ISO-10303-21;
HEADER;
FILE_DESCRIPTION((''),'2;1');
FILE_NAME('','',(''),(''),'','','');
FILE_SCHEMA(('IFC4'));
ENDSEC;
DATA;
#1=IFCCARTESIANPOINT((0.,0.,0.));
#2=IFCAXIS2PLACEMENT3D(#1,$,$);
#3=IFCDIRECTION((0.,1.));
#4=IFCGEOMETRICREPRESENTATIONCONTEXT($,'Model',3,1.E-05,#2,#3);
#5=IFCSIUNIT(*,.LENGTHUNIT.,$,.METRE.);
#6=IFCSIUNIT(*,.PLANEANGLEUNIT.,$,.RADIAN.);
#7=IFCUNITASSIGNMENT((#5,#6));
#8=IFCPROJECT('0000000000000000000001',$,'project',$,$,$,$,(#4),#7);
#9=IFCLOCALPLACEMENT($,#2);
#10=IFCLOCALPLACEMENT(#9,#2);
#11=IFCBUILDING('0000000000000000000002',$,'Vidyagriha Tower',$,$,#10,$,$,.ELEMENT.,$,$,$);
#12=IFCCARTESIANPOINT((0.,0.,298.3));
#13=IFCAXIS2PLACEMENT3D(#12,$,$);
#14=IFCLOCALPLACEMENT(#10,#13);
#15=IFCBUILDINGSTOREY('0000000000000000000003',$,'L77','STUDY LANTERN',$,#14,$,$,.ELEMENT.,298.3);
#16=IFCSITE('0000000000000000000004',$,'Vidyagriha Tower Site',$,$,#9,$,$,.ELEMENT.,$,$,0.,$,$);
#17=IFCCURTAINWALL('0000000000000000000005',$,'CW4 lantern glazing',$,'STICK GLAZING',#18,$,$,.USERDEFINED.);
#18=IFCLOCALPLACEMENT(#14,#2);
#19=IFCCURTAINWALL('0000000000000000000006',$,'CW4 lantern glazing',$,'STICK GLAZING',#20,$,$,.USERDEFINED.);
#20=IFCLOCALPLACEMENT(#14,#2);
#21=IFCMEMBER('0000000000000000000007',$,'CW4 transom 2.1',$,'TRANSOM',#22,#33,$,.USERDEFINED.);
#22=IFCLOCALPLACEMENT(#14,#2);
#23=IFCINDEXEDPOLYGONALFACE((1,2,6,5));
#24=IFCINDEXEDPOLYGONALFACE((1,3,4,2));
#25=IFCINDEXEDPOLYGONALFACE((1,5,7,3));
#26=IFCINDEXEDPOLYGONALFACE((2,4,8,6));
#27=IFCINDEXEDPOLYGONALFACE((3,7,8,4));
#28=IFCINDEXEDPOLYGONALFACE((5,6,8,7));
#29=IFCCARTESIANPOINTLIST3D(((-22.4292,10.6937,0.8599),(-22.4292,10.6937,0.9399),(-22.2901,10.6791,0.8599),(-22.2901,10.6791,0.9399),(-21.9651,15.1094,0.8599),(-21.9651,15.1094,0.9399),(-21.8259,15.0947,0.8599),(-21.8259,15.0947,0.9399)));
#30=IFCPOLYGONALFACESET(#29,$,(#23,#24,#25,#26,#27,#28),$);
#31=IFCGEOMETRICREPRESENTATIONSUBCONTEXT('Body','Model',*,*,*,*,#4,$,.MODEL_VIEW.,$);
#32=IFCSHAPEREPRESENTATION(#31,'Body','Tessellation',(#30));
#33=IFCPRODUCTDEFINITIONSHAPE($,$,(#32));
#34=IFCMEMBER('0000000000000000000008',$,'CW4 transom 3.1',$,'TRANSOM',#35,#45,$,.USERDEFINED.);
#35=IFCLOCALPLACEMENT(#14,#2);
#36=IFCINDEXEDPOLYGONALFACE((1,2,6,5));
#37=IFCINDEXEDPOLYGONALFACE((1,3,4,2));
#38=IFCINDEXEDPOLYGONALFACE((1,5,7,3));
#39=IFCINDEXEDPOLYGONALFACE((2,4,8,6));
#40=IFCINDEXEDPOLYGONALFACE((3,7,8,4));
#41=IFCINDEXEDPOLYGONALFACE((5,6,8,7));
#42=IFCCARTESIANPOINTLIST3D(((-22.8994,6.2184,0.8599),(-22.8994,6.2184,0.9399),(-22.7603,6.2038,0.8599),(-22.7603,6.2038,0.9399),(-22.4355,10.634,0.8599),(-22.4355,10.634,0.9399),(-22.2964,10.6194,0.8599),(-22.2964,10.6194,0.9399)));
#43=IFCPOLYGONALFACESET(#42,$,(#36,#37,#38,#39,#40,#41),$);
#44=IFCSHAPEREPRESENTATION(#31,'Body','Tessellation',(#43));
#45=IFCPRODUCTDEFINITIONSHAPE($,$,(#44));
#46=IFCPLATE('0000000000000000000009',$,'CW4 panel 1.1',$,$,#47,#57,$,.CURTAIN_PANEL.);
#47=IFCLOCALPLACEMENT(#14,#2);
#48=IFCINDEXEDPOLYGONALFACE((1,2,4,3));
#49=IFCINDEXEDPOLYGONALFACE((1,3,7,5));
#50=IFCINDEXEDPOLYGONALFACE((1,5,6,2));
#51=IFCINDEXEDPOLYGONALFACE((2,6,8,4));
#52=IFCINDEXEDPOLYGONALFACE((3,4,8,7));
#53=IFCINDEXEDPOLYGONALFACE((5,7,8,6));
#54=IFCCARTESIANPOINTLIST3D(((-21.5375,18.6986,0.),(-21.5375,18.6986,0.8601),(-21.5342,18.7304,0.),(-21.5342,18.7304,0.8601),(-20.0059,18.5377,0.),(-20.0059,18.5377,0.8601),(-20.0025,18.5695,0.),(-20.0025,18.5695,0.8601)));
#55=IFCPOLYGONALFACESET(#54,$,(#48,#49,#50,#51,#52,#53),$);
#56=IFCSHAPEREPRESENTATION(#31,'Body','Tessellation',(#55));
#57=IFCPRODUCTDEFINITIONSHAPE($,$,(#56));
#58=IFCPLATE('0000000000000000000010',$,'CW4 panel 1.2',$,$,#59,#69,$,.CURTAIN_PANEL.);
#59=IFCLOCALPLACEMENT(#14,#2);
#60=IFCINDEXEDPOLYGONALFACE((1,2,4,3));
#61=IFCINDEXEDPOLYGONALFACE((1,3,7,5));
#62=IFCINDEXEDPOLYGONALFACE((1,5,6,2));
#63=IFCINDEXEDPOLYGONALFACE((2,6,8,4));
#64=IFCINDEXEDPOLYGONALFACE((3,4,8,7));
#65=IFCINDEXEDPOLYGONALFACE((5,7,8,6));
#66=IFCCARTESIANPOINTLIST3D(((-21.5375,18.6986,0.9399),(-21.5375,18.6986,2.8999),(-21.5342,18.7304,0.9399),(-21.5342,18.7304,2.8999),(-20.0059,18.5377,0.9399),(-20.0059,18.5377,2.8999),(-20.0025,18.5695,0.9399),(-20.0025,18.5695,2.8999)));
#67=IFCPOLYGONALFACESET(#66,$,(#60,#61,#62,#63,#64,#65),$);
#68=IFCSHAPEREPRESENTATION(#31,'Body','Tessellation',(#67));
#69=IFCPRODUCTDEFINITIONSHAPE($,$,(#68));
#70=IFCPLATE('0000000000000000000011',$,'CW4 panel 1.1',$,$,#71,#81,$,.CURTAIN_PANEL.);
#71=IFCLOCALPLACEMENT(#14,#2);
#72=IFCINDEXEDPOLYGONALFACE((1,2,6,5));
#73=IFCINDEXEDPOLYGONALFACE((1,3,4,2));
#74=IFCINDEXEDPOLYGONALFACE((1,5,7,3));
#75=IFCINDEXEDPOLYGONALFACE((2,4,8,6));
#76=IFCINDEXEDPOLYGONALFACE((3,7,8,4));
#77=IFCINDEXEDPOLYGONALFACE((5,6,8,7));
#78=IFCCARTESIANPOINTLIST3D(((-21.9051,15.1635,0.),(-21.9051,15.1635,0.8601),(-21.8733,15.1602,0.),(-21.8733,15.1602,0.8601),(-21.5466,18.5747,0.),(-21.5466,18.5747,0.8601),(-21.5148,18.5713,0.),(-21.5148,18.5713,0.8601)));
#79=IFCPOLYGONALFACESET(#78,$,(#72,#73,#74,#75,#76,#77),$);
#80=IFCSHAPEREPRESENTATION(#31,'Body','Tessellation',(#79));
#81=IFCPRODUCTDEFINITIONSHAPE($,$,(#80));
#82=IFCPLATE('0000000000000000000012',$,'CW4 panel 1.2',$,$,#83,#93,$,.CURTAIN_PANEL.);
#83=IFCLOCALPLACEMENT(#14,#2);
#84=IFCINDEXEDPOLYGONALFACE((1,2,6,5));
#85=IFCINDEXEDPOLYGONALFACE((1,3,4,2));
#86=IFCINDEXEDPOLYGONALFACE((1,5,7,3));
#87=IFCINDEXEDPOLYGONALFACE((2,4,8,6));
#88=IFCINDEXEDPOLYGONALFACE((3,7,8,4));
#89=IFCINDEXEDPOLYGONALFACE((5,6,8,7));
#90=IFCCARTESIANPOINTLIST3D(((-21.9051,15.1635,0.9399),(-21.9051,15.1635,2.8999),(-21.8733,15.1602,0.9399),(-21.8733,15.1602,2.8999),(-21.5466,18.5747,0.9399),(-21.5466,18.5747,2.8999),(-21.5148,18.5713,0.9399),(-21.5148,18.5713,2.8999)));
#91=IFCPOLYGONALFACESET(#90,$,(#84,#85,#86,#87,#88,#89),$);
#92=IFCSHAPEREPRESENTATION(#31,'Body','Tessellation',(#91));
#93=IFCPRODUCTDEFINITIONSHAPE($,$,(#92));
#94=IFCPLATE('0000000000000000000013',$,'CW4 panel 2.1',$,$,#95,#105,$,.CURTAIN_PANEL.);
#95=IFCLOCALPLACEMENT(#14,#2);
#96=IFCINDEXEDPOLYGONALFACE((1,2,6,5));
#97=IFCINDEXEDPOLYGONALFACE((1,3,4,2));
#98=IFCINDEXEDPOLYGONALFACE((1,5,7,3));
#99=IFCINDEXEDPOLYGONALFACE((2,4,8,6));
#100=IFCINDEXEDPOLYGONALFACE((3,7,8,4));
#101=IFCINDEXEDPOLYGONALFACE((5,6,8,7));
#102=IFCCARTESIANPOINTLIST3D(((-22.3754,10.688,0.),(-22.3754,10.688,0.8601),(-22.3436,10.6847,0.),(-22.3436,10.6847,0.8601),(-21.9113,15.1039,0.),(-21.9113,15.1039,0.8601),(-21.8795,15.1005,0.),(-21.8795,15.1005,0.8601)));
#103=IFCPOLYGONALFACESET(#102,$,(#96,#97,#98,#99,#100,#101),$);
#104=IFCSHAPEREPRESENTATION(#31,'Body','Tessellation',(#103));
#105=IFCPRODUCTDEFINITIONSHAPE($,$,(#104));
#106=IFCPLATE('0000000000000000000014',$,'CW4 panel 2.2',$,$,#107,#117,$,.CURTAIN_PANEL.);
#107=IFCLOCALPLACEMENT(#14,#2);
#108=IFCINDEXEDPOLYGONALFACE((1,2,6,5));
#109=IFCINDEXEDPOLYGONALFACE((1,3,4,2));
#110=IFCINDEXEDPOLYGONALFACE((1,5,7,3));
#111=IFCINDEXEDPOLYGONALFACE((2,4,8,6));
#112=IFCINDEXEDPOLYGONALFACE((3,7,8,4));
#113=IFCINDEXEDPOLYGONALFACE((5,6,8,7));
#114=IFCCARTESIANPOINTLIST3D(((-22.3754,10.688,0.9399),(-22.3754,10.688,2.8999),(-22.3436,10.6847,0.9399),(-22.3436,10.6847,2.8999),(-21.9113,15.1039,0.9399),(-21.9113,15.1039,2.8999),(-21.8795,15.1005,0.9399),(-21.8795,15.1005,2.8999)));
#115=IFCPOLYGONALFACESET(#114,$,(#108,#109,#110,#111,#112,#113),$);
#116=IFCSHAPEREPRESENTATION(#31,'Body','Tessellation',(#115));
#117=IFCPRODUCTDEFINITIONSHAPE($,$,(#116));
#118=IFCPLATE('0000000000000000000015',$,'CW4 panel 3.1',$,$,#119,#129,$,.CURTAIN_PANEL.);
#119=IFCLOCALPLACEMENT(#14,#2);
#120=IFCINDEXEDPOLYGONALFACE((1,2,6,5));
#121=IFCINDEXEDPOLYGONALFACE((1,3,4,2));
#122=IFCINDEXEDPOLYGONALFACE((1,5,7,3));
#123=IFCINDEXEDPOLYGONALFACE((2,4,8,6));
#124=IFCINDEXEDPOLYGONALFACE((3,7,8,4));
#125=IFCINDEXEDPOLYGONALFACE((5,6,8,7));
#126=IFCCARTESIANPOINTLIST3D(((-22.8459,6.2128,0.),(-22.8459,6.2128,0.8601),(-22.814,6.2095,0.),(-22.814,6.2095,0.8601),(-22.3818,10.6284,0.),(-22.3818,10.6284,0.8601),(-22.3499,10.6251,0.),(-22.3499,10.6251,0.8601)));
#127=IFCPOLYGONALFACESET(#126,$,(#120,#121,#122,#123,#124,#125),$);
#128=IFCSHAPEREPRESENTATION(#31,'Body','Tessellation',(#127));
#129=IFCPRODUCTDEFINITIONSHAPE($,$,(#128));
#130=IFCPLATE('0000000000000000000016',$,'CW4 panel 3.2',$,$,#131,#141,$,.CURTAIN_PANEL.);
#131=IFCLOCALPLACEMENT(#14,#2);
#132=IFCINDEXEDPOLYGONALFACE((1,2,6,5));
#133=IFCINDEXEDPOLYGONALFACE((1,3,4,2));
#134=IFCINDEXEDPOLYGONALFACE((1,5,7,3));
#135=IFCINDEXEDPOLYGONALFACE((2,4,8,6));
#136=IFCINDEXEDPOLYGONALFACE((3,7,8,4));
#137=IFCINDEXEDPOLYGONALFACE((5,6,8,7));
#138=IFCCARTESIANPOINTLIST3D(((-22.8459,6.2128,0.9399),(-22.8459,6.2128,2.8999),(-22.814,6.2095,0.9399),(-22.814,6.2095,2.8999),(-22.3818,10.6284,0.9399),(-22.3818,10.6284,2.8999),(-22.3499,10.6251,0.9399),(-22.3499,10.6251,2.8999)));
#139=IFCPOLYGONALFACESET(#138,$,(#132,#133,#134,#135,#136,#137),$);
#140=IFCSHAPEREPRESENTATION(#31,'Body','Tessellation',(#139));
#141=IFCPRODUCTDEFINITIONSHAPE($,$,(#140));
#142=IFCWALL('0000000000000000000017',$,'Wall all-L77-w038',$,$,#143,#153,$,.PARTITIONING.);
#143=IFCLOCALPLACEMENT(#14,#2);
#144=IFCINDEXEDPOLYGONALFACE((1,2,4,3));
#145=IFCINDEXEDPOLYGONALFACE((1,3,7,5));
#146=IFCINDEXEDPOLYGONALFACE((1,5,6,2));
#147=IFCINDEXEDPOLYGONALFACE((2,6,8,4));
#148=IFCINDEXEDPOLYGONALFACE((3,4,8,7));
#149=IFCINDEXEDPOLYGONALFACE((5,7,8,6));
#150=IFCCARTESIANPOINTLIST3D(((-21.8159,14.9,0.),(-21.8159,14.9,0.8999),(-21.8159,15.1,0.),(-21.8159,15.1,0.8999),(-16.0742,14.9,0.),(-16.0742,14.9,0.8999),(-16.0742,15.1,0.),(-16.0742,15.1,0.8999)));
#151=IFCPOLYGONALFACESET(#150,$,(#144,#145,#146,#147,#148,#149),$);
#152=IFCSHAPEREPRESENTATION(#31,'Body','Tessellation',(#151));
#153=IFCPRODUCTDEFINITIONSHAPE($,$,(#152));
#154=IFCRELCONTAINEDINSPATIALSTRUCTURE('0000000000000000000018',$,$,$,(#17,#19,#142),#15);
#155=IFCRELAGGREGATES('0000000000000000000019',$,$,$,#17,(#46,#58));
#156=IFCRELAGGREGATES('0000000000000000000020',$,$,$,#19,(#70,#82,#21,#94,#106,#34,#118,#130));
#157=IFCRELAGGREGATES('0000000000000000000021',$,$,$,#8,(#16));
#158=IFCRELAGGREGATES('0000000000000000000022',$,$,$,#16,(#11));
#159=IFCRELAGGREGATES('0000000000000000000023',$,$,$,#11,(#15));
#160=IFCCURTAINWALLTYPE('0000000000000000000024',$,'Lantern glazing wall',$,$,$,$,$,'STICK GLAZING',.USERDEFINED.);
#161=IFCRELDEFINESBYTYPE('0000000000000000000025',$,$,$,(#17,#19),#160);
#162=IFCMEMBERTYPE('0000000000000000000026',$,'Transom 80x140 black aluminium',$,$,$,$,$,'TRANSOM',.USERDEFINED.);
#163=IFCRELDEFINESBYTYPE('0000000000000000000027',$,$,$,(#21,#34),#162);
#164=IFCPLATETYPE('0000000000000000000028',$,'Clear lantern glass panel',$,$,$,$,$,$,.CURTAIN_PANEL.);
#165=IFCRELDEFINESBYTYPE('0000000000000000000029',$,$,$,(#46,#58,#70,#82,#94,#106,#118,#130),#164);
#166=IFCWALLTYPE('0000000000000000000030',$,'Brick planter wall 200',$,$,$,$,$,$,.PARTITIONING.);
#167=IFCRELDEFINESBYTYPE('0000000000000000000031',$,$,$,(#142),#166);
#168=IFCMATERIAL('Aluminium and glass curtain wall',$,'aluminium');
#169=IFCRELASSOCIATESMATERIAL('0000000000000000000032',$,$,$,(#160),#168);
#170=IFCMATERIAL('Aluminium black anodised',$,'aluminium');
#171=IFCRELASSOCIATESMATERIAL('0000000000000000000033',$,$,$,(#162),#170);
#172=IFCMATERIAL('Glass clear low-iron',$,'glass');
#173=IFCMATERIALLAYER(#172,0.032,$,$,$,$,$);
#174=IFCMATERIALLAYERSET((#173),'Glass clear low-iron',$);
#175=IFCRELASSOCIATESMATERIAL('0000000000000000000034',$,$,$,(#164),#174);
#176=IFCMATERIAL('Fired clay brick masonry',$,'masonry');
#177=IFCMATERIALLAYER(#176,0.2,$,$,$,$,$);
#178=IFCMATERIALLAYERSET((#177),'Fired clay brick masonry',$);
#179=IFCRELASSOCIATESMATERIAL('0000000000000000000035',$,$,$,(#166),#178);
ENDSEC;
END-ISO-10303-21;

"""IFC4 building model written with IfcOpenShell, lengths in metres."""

from ifc_helpers import new_model, si_unit, direction, frame, frame_2d, origin, origin_2d, place, context, subcontext, project, spatial, rectangle, extrude, material, layer, layer_set, material_profile, profile_set, type_object, element, aggregate, save


model = new_model("IFC4")

# Units and contexts
model_context = context("Model", 3, precision=1e-05, world=origin(), true_north=direction((0.0, 1.0)))
body_context = subcontext(model_context, "Body", "Model", "MODEL_VIEW")
ifc_project = project(units=[si_unit("LENGTHUNIT", "METRE"), si_unit("PLANEANGLEUNIT", "RADIAN")], contexts=[model_context])

# Site, building, storey
site_placement = place(None, origin())
site = spatial("IfcSite", under=ifc_project, at=site_placement, Name="Vidyagriha Tower Site", CompositionType="ELEMENT", RefElevation=0.0)
building_placement = place(site_placement, origin())
building = spatial("IfcBuilding", under=site, at=building_placement, Name="Vidyagriha Tower", CompositionType="ELEMENT")
storey_placement = place(building_placement, frame((0.0, 0.0, 298.3)))
storey = spatial("IfcBuildingStorey", under=building, at=storey_placement, Name="L77", Description="STUDY LANTERN", CompositionType="ELEMENT", Elevation=298.3)

# Curtain wall
ifc_material_1 = material(Name="Aluminium and glass curtain wall", Category="aluminium")
curtain_wall_type = type_object("IfcCurtainWallType", Name="Lantern glazing wall", ElementType="STICK GLAZING", PredefinedType="USERDEFINED", material=ifc_material_1)
curtain_wall_1_placement = place(storey_placement, origin())
curtain_wall_1 = element("IfcCurtainWall", 1, at=curtain_wall_1_placement, inside=storey, type_object=curtain_wall_type, Name="CW4 lantern glazing", ObjectType="STICK GLAZING", PredefinedType="USERDEFINED")

# Curtain wall
curtain_wall_2_placement = place(storey_placement, origin())
curtain_wall_2 = element("IfcCurtainWall", 2, at=curtain_wall_2_placement, inside=storey, type_object=curtain_wall_type, Name="CW4 lantern glazing", ObjectType="STICK GLAZING", PredefinedType="USERDEFINED")

# Members
ifc_material_2 = material(Name="Aluminium black anodised", Category="aluminium")
ifc_material_profile_1 = material_profile(ifc_material_2, rectangle(XDim=0.1399, YDim=0.0801, at=origin_2d()), Name="Transom 80x140 black aluminium")
ifc_profile_set_1 = profile_set([ifc_material_profile_1], Name="Aluminium black anodised")
member_type_1 = type_object("IfcMemberType", Name="Transom 80x140 black aluminium", ElementType="TRANSOM", PredefinedType="USERDEFINED", material=ifc_profile_set_1)
member_1_placement = place(storey_placement, frame((-21.8955, 15.1021, 0.8999), z_axis=(-0.104533, -0.994521, 0.0), x_axis=(0.994521, -0.104533, 0.0)))
member_1 = element("IfcMember", 3, at=member_1_placement, type_object=member_type_1, Name="CW4 transom 2.1", ObjectType="TRANSOM", PredefinedType="USERDEFINED", context=body_context, shape_type="SweptSolid", body=[
    extrude(rectangle(XDim=0.1399, YDim=0.0801, at=origin_2d()), origin(), (0.0, 0.0, 1.0), 4.4399),
])
member_2_placement = place(storey_placement, frame((-22.366, 10.6267, 0.8999), z_axis=(-0.104479, -0.994527, 0.0), x_axis=(0.994527, -0.104479, 0.0)))
member_2 = element("IfcMember", 4, at=member_2_placement, type_object=member_type_1, Name="CW4 transom 3.1", ObjectType="TRANSOM", PredefinedType="USERDEFINED", context=body_context, shape_type="SweptSolid", body=[
    extrude(rectangle(XDim=0.1399, YDim=0.0801, at=origin_2d()), origin(), (0.0, 0.0, 1.0), 4.4399),
])

# Plates
ifc_material_3 = material(Name="Glass clear low-iron", Category="glass")
ifc_layer_1 = layer(ifc_material_3, 0.032)
ifc_layer_set_1 = layer_set([ifc_layer_1], Name="Glass clear low-iron")
plate_type = type_object("IfcPlateType", Name="Clear lantern glass panel", PredefinedType="CURTAIN_PANEL", material=ifc_layer_set_1)
plate_1_placement = place(storey_placement, frame((-20.77, 18.634, 0.0), z_axis=(0.0, 0.0, 1.0), x_axis=(-0.99453, 0.104453, 0.0)))
plate_1 = element("IfcPlate", 5, at=plate_1_placement, type_object=plate_type, Name="CW4 panel 1.1", PredefinedType="CURTAIN_PANEL", context=body_context, shape_type="SweptSolid", body=[
    extrude(rectangle(XDim=1.54, YDim=0.032, at=origin_2d()), origin(), (0.0, 0.0, 1.0), 0.8601),
])
plate_2_placement = place(storey_placement, frame((-20.77, 18.634, 0.9399), z_axis=(0.0, 0.0, 1.0), x_axis=(-0.99453, 0.104453, 0.0)))
plate_2 = element("IfcPlate", 6, at=plate_2_placement, type_object=plate_type, Name="CW4 panel 1.2", PredefinedType="CURTAIN_PANEL", context=body_context, shape_type="SweptSolid", body=[
    extrude(rectangle(XDim=1.54, YDim=0.032, at=origin_2d()), origin(), (0.0, 0.0, 1.0), 1.96),
])
aggregate(curtain_wall_1, [plate_1, plate_2])
plate_3_placement = place(storey_placement, frame((-21.71, 16.8674, 0.0), z_axis=(0.0, 0.0, 1.0), x_axis=(-0.104527, -0.994522, 0.0)))
plate_3 = element("IfcPlate", 7, at=plate_3_placement, type_object=plate_type, Name="CW4 panel 1.1", PredefinedType="CURTAIN_PANEL", context=body_context, shape_type="SweptSolid", body=[
    extrude(rectangle(XDim=3.4299, YDim=0.032, at=origin_2d()), origin(), (0.0, 0.0, 1.0), 0.8601),
])
plate_4_placement = place(storey_placement, frame((-21.71, 16.8674, 0.9399), z_axis=(0.0, 0.0, 1.0), x_axis=(-0.104527, -0.994522, 0.0)))
plate_4 = element("IfcPlate", 8, at=plate_4_placement, type_object=plate_type, Name="CW4 panel 1.2", PredefinedType="CURTAIN_PANEL", context=body_context, shape_type="SweptSolid", body=[
    extrude(rectangle(XDim=3.4299, YDim=0.032, at=origin_2d()), origin(), (0.0, 0.0, 1.0), 1.96),
])
plate_5_placement = place(storey_placement, frame((-22.1274, 12.8943, 0.0), z_axis=(0.0, 0.0, 1.0), x_axis=(-0.104527, -0.994522, 0.0)))
plate_5 = element("IfcPlate", 9, at=plate_5_placement, type_object=plate_type, Name="CW4 panel 2.1", PredefinedType="CURTAIN_PANEL", context=body_context, shape_type="SweptSolid", body=[
    extrude(rectangle(XDim=4.4402, YDim=0.032, at=origin_2d()), origin(), (0.0, 0.0, 1.0), 0.8601),
])
plate_6_placement = place(storey_placement, frame((-22.1274, 12.8943, 0.9399), z_axis=(0.0, 0.0, 1.0), x_axis=(-0.104527, -0.994522, 0.0)))
plate_6 = element("IfcPlate", 10, at=plate_6_placement, type_object=plate_type, Name="CW4 panel 2.2", PredefinedType="CURTAIN_PANEL", context=body_context, shape_type="SweptSolid", body=[
    extrude(rectangle(XDim=4.4402, YDim=0.032, at=origin_2d()), origin(), (0.0, 0.0, 1.0), 1.96),
])
plate_7_placement = place(storey_placement, frame((-22.5979, 8.4189, 0.0), z_axis=(0.0, 0.0, 1.0), x_axis=(-0.104527, -0.994522, 0.0)))
plate_7 = element("IfcPlate", 11, at=plate_7_placement, type_object=plate_type, Name="CW4 panel 3.1", PredefinedType="CURTAIN_PANEL", context=body_context, shape_type="SweptSolid", body=[
    extrude(rectangle(XDim=4.4399, YDim=0.032, at=origin_2d()), origin(), (0.0, 0.0, 1.0), 0.8601),
])
plate_8_placement = place(storey_placement, frame((-22.5979, 8.4189, 0.9399), z_axis=(0.0, 0.0, 1.0), x_axis=(-0.104527, -0.994522, 0.0)))
plate_8 = element("IfcPlate", 12, at=plate_8_placement, type_object=plate_type, Name="CW4 panel 3.2", PredefinedType="CURTAIN_PANEL", context=body_context, shape_type="SweptSolid", body=[
    extrude(rectangle(XDim=4.4399, YDim=0.032, at=origin_2d()), origin(), (0.0, 0.0, 1.0), 1.96),
])
aggregate(curtain_wall_2, [plate_3, plate_4, member_1, plate_5, plate_6, member_2, plate_7, plate_8])

# Wall
ifc_material_4 = material(Name="Fired clay brick masonry", Category="masonry")
ifc_layer_2 = layer(ifc_material_4, 0.2)
ifc_layer_set_2 = layer_set([ifc_layer_2], Name="Fired clay brick masonry")
wall_type = type_object("IfcWallType", Name="Brick planter wall 200", PredefinedType="PARTITIONING", material=ifc_layer_set_2)
wall_placement = place(storey_placement, frame((-21.8159, 15.0, 0.0)))
element("IfcWall", 13, at=wall_placement, inside=storey, type_object=wall_type, Name="Wall all-L77-w038", PredefinedType="PARTITIONING", context=body_context, shape_type="SweptSolid", body=[
    extrude(rectangle(XDim=5.7417, YDim=0.2, at=frame_2d((2.8708, 0.0))), origin(), (0.0, 0.0, 1.0), 0.8999),
])

save(model, "model.ifc")
